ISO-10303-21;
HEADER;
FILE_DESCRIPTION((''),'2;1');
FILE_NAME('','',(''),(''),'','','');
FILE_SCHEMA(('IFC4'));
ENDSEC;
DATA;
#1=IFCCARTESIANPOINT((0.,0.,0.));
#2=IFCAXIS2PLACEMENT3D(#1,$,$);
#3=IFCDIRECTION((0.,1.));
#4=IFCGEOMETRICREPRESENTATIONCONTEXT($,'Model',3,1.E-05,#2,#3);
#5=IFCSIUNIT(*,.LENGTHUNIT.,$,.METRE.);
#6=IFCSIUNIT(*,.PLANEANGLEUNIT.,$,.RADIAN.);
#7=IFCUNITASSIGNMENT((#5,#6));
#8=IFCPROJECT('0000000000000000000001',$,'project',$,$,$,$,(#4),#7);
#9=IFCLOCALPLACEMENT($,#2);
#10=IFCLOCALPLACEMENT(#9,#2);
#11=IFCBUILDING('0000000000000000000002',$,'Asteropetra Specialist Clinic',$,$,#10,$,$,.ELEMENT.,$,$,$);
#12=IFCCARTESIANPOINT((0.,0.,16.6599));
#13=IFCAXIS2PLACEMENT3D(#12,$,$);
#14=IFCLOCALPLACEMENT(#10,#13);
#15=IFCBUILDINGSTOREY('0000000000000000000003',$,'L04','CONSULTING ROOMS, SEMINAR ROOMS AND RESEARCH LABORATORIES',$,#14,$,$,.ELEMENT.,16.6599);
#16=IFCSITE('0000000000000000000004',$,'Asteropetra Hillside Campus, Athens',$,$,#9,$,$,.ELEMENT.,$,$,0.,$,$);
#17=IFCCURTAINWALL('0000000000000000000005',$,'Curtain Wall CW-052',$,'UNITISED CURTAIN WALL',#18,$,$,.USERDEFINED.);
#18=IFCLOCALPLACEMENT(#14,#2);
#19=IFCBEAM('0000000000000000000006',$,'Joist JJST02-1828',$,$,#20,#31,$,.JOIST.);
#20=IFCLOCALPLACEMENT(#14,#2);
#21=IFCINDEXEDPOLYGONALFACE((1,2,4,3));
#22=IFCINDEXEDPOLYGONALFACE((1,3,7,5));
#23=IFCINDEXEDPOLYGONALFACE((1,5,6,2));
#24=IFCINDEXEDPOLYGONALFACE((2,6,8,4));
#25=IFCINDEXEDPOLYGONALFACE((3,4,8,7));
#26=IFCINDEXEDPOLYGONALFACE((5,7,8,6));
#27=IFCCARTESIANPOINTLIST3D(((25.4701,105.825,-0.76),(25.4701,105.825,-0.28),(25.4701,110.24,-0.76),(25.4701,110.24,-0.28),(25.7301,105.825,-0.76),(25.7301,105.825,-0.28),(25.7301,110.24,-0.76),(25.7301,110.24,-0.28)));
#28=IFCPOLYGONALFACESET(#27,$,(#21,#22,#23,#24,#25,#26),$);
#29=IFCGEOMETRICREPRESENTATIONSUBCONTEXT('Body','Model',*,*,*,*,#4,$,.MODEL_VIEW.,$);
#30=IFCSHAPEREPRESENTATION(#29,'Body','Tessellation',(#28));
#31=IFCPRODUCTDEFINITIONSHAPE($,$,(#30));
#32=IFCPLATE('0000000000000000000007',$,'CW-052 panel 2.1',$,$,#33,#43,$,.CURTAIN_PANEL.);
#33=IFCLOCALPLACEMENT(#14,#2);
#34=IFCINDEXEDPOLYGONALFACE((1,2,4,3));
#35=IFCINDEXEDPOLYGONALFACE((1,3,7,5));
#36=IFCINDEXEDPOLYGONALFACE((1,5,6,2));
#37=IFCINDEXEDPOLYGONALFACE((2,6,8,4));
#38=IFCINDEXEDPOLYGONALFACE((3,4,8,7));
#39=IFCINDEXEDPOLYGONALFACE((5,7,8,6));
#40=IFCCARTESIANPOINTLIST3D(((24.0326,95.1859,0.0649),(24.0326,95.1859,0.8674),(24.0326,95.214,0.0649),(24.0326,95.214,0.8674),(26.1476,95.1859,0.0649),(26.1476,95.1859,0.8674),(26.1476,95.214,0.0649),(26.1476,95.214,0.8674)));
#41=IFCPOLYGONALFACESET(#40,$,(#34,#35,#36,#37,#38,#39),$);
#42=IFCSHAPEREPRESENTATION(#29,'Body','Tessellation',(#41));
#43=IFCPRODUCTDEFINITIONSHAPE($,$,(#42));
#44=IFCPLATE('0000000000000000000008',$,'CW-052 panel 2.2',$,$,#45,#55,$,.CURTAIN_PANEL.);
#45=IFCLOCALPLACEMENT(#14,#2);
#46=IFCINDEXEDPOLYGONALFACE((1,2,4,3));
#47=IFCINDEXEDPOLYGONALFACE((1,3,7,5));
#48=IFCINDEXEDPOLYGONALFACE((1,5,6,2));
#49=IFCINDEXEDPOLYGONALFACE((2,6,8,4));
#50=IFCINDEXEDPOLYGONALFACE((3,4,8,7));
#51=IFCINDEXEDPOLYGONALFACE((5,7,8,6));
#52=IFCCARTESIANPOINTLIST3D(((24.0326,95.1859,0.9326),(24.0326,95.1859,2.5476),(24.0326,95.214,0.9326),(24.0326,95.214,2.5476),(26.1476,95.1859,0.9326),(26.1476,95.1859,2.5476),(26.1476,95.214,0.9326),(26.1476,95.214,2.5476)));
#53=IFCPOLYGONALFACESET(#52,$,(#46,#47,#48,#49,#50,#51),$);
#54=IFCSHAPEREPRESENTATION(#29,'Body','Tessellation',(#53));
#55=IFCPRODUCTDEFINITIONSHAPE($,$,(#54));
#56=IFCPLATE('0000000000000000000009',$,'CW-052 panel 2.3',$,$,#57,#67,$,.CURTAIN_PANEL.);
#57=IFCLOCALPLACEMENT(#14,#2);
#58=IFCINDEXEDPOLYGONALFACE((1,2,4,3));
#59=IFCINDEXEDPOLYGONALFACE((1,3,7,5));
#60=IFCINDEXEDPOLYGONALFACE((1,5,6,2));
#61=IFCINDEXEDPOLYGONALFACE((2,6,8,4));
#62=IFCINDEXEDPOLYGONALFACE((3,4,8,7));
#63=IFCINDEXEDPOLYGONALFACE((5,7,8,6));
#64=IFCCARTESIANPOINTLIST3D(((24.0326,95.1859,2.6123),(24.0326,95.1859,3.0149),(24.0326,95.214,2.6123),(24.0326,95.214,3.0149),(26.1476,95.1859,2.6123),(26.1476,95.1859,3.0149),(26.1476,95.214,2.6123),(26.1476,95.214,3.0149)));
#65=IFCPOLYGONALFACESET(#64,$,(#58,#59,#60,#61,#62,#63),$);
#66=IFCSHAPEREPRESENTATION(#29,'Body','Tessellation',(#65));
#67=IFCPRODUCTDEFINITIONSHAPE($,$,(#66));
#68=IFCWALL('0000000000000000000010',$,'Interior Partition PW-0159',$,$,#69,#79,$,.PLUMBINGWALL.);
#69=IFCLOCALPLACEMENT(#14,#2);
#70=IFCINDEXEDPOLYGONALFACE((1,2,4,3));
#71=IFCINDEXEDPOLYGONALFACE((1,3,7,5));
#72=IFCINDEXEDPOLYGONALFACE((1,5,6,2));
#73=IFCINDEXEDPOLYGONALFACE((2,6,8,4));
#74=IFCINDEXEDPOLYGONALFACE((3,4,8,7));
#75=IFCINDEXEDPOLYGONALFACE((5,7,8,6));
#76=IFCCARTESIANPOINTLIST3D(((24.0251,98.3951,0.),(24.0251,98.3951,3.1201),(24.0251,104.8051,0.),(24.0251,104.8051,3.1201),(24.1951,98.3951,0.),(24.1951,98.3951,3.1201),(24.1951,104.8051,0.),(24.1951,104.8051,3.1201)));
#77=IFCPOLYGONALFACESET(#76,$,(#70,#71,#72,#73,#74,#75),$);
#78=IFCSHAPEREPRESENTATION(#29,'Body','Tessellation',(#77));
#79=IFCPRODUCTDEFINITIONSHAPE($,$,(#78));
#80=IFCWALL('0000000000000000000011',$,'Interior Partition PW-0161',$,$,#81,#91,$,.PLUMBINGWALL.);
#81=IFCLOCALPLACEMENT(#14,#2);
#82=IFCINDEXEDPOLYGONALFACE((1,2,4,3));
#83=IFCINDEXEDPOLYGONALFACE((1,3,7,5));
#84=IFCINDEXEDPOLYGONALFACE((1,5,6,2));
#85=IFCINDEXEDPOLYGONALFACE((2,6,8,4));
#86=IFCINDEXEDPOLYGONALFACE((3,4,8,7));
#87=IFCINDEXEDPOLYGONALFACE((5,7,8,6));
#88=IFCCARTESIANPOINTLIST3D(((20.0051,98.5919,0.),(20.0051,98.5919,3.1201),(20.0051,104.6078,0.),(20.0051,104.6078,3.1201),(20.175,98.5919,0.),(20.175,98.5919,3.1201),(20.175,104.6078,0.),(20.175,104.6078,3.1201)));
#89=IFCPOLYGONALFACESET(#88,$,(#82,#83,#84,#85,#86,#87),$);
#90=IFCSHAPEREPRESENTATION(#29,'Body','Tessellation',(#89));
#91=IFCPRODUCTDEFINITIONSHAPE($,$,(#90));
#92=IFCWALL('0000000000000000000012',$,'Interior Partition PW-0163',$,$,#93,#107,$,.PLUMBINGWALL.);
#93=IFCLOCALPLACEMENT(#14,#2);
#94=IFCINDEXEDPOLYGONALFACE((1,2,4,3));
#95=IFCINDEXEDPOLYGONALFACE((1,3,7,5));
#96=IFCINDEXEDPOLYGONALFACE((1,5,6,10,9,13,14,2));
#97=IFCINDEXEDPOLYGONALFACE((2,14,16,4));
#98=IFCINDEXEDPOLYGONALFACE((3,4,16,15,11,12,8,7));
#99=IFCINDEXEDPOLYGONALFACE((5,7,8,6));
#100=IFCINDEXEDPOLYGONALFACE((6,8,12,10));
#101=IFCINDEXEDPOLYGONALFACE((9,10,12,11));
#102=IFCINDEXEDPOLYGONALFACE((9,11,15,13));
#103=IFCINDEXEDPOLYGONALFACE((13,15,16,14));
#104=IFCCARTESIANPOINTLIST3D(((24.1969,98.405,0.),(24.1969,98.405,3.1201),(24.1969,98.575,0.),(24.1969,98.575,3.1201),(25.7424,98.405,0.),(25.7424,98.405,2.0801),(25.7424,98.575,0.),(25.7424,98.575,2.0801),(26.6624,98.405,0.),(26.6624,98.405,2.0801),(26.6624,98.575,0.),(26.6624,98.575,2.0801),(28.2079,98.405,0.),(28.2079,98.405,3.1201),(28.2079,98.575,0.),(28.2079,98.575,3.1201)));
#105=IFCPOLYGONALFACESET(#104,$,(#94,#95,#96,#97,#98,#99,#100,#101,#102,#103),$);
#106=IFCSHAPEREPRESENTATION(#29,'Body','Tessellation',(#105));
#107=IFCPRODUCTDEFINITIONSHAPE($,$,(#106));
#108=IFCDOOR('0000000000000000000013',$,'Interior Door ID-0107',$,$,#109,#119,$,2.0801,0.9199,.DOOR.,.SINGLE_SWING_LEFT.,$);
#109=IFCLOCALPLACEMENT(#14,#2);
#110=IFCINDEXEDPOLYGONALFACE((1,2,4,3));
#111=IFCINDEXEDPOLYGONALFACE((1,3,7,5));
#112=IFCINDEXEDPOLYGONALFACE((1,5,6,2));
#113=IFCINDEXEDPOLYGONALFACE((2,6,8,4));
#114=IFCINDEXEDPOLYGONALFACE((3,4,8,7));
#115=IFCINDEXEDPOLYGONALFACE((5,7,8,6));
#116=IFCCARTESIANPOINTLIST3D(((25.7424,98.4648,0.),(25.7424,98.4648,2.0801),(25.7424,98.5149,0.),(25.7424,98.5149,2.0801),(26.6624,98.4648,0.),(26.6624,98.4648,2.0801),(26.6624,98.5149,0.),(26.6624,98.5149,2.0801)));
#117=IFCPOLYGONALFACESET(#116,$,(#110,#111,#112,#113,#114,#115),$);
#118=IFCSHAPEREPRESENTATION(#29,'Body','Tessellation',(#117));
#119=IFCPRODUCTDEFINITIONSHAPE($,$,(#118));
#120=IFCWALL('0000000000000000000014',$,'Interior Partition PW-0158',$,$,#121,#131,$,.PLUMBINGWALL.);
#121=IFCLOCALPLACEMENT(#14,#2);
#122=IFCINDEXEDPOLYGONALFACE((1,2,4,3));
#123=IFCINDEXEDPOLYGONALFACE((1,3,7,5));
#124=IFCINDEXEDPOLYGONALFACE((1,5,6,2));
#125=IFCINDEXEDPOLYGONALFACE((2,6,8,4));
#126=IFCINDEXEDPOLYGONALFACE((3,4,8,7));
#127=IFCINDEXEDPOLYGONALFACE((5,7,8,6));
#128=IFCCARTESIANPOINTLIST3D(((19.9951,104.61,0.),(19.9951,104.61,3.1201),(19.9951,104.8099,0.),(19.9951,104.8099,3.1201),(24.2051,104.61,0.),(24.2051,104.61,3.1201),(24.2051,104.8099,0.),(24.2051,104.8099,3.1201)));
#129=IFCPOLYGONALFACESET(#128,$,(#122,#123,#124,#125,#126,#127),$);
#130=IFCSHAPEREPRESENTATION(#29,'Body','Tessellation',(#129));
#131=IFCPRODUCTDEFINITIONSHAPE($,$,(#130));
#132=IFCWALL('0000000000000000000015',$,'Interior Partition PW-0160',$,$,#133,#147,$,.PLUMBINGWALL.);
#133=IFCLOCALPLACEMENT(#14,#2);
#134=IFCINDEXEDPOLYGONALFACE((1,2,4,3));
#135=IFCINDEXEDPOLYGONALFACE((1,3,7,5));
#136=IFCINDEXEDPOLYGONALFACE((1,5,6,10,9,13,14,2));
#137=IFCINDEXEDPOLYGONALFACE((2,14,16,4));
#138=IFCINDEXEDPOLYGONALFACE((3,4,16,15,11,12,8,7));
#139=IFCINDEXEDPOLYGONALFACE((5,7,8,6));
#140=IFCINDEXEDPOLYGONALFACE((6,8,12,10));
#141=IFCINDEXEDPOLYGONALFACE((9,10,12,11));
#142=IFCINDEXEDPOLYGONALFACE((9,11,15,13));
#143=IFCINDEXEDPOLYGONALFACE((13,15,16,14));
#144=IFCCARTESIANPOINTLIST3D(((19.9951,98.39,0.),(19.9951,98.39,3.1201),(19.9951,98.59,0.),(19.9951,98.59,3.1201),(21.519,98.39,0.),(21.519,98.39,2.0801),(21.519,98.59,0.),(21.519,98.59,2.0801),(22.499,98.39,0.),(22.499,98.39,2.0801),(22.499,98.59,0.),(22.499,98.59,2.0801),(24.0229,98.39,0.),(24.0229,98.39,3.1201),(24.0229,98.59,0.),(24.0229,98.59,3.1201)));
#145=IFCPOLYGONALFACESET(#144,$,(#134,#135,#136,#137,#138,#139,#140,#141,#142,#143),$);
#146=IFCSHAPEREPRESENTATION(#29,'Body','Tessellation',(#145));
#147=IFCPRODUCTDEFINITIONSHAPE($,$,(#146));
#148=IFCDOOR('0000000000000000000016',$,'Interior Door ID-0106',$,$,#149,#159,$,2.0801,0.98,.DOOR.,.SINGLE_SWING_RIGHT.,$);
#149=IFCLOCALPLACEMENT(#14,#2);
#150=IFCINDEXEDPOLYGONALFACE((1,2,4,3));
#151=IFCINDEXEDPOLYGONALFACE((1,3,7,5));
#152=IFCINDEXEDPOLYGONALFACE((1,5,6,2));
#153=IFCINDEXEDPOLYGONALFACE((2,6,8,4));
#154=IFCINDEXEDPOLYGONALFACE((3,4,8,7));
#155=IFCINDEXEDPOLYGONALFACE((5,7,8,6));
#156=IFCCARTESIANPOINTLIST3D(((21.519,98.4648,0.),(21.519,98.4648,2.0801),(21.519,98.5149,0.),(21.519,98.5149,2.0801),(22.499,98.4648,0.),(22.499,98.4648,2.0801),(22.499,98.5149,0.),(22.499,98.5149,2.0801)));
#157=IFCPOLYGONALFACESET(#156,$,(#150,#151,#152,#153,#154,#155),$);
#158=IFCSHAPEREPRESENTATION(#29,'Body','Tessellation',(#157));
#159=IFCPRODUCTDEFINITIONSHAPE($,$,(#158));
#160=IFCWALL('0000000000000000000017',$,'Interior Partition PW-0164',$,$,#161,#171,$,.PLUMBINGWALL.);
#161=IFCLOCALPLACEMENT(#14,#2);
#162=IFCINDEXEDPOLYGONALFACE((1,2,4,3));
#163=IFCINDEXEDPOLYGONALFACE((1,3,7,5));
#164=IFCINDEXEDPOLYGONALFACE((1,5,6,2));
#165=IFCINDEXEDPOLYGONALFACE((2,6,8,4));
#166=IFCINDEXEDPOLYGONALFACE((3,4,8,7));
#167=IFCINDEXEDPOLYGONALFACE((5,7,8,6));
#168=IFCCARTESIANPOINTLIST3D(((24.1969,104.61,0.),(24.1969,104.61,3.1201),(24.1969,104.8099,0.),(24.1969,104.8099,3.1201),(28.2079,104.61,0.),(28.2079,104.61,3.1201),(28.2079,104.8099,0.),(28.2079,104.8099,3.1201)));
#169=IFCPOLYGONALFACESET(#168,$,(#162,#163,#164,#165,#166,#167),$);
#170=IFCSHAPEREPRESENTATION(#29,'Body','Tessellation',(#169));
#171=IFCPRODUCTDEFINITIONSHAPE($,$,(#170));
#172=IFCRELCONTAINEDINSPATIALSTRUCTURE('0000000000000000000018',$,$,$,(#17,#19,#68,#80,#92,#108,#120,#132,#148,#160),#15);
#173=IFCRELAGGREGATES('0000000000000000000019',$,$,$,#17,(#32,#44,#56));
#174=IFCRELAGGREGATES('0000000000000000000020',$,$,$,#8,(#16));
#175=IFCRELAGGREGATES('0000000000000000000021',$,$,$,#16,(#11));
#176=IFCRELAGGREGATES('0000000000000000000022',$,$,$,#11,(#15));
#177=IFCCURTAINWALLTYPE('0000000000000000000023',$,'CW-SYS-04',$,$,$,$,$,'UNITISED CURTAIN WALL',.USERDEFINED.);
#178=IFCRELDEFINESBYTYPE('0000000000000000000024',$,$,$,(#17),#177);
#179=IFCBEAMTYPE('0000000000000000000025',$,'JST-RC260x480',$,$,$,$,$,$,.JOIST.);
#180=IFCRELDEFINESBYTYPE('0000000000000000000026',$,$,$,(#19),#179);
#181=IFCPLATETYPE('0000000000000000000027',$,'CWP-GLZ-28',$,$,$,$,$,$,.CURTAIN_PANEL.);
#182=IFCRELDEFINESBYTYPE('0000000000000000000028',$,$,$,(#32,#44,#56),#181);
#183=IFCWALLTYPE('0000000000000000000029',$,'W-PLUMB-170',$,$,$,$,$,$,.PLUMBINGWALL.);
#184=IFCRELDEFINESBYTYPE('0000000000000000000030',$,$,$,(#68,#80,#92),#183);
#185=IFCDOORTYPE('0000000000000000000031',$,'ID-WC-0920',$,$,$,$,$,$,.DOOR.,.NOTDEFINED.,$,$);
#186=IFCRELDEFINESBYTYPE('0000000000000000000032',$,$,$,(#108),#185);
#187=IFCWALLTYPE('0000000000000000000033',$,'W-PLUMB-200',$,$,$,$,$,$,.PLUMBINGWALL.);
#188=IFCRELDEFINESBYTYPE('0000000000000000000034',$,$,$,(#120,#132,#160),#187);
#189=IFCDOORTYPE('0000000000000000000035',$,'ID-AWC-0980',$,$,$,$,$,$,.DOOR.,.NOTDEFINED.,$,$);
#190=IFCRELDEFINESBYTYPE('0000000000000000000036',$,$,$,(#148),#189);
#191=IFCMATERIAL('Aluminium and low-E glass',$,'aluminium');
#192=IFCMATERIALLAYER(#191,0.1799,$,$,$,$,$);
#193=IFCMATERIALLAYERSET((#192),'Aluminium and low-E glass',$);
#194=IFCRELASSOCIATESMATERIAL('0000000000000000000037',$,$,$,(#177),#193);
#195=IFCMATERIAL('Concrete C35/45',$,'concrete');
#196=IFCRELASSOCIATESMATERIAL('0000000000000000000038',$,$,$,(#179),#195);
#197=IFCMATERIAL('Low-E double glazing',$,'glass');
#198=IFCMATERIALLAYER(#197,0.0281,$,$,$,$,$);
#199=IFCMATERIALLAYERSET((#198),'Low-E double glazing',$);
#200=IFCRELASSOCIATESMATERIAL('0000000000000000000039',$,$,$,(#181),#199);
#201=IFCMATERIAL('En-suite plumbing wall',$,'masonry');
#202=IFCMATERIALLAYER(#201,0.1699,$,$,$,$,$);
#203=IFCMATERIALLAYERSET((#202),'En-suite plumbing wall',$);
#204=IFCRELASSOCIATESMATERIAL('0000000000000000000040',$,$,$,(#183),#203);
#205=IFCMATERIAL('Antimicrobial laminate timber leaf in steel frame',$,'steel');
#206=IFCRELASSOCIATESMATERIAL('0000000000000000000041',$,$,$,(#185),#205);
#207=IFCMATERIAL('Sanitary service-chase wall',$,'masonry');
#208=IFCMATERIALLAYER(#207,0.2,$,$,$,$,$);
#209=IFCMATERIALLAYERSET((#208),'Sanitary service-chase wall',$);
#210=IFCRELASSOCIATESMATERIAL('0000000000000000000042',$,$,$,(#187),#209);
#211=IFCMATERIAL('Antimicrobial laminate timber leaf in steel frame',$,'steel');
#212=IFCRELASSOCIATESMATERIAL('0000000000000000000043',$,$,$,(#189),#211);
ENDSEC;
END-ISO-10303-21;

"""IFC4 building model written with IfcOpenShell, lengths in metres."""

from ifc_helpers import new_model, si_unit, direction, frame, frame_2d, origin, origin_2d, place, context, subcontext, project, spatial, rectangle, extrude, material, layer, layer_set, material_profile, profile_set, type_object, element, fill, aggregate, save


model = new_model("IFC4")

# Units and contexts
model_context = context("Model", 3, precision=1e-05, world=origin(), true_north=direction((0.0, 1.0)))
body_context = subcontext(model_context, "Body", "Model", "MODEL_VIEW")
ifc_project = project(units=[si_unit("LENGTHUNIT", "METRE"), si_unit("PLANEANGLEUNIT", "RADIAN")], contexts=[model_context])

# Site, building, storey
site_placement = place(None, origin())
site = spatial("IfcSite", under=ifc_project, at=site_placement, Name="Asteropetra Hillside Campus, Athens", CompositionType="ELEMENT", RefElevation=0.0)
building_placement = place(site_placement, origin())
building = spatial("IfcBuilding", under=site, at=building_placement, Name="Asteropetra Specialist Clinic", CompositionType="ELEMENT")
storey_placement = place(building_placement, frame((0.0, 0.0, 16.6599)))
storey = spatial("IfcBuildingStorey", under=building, at=storey_placement, Name="L04", Description="CONSULTING ROOMS, SEMINAR ROOMS AND RESEARCH LABORATORIES", CompositionType="ELEMENT", Elevation=16.6599)

# Curtain wall
ifc_material_1 = material(Name="Aluminium and low-E glass", Category="aluminium")
ifc_layer_1 = layer(ifc_material_1, 0.1799)
ifc_layer_set_1 = layer_set([ifc_layer_1], Name="Aluminium and low-E glass")
curtain_wall_type = type_object("IfcCurtainWallType", Name="CW-SYS-04", ElementType="UNITISED CURTAIN WALL", PredefinedType="USERDEFINED", material=ifc_layer_set_1)
curtain_wall_placement = place(storey_placement, origin())
curtain_wall = element("IfcCurtainWall", 1, at=curtain_wall_placement, inside=storey, type_object=curtain_wall_type, Name="Curtain Wall CW-052", ObjectType="UNITISED CURTAIN WALL", PredefinedType="USERDEFINED")

# Beam
ifc_material_2 = material(Name="Concrete C35/45", Category="concrete")
ifc_material_profile_1 = material_profile(ifc_material_2, rectangle(XDim=0.26, YDim=0.48, at=origin_2d()), Name="RCJ 260x480")
ifc_profile_set_1 = profile_set([ifc_material_profile_1], Name="Concrete C35/45")
beam_type_1 = type_object("IfcBeamType", Name="JST-RC260x480", PredefinedType="JOIST", material=ifc_profile_set_1)
for number, where, z_axis, x_axis, name in (
    (2, (25.6001, 105.825, -0.52), (0.0, 1.0, 0.0), (-1.0, 0.0, 0.0), "Joist JJST02-1828"),
):
    element("IfcBeam", number, at=place(storey_placement, frame(where, z_axis=z_axis, x_axis=x_axis)), inside=storey, type_object=beam_type_1, Name=name, PredefinedType="JOIST", context=body_context, shape_type="SweptSolid", body=[
        extrude(rectangle(XDim=0.26, YDim=0.48, at=origin_2d()), origin(), (0.0, 0.0, 1.0), 4.415),
    ])

# Plates
ifc_material_3 = material(Name="Low-E double glazing", Category="glass")
ifc_layer_2 = layer(ifc_material_3, 0.0281)
ifc_layer_set_2 = layer_set([ifc_layer_2], Name="Low-E double glazing")
plate_type = type_object("IfcPlateType", Name="CWP-GLZ-28", PredefinedType="CURTAIN_PANEL", material=ifc_layer_set_2)
plate_1_placement = place(storey_placement, frame((25.0901, 95.2, 0.0649), z_axis=(0.0, 0.0, 1.0), x_axis=(-1.0, 0.0, 0.0)))
plate_1 = element("IfcPlate", 3, at=plate_1_placement, type_object=plate_type, Name="CW-052 panel 2.1", PredefinedType="CURTAIN_PANEL", context=body_context, shape_type="SweptSolid", body=[
    extrude(rectangle(XDim=2.115, YDim=0.0281, at=origin_2d()), origin(), (0.0, 0.0, 1.0), 0.8025),
])
plate_2_placement = place(storey_placement, frame((25.0901, 95.2, 0.9326), z_axis=(0.0, 0.0, 1.0), x_axis=(-1.0, 0.0, 0.0)))
plate_2 = element("IfcPlate", 4, at=plate_2_placement, type_object=plate_type, Name="CW-052 panel 2.2", PredefinedType="CURTAIN_PANEL", context=body_context, shape_type="SweptSolid", body=[
    extrude(rectangle(XDim=2.115, YDim=0.0281, at=origin_2d()), origin(), (0.0, 0.0, 1.0), 1.615),
])
plate_3_placement = place(storey_placement, frame((25.0901, 95.2, 2.6123), z_axis=(0.0, 0.0, 1.0), x_axis=(-1.0, 0.0, 0.0)))
plate_3 = element("IfcPlate", 5, at=plate_3_placement, type_object=plate_type, Name="CW-052 panel 2.3", PredefinedType="CURTAIN_PANEL", context=body_context, shape_type="SweptSolid", body=[
    extrude(rectangle(XDim=2.115, YDim=0.0281, at=origin_2d()), origin(), (0.0, 0.0, 1.0), 0.4026),
])
aggregate(curtain_wall, [plate_1, plate_2, plate_3])

# Walls
ifc_material_4 = material(Name="En-suite plumbing wall", Category="masonry")
ifc_layer_3 = layer(ifc_material_4, 0.1699)
ifc_layer_set_3 = layer_set([ifc_layer_3], Name="En-suite plumbing wall")
wall_type_1 = type_object("IfcWallType", Name="W-PLUMB-170", PredefinedType="PLUMBINGWALL", material=ifc_layer_set_3)
wall_1_placement = place(storey_placement, frame((24.1101, 98.395, 0.0), z_axis=(0.0, 0.0, 1.0), x_axis=(0.0, 1.0, 0.0)))
element("IfcWall", 6, at=wall_1_placement, inside=storey, type_object=wall_type_1, Name="Interior Partition PW-0159", PredefinedType="PLUMBINGWALL", context=body_context, shape_type="SweptSolid", body=[
    extrude(rectangle(XDim=6.4099, YDim=0.1699, at=frame_2d((3.2051, 0.0))), origin(), (0.0, 0.0, 1.0), 3.1201),
])
wall_2_placement = place(storey_placement, frame((20.0901, 98.592, 0.0), z_axis=(0.0, 0.0, 1.0), x_axis=(0.0, 1.0, 0.0)))
element("IfcWall", 7, at=wall_2_placement, inside=storey, type_object=wall_type_1, Name="Interior Partition PW-0161", PredefinedType="PLUMBINGWALL", context=body_context, shape_type="SweptSolid", body=[
    extrude(rectangle(XDim=6.0159, YDim=0.1699, at=frame_2d((3.0078, 0.0))), origin(), (0.0, 0.0, 1.0), 3.1201),
])

# Wall, opening, door
wall_3_placement = place(storey_placement, frame((24.197, 98.49, 0.0), z_axis=(0.0, 0.0, 1.0), x_axis=(1.0, 0.0, 0.0)))
wall_3 = element("IfcWall", 8, at=wall_3_placement, inside=storey, type_object=wall_type_1, Name="Interior Partition PW-0163", PredefinedType="PLUMBINGWALL", context=body_context, shape_type="SweptSolid", body=[
    extrude(rectangle(XDim=4.011, YDim=0.1699, at=frame_2d((2.0054, 0.0))), origin(), (0.0, 0.0, 1.0), 3.1201),
])
opening_1_placement = place(wall_3_placement, frame((1.5454, 0.0, 0.0)))
opening_1 = element("IfcOpeningElement", 9, at=opening_1_placement, cuts=wall_3, PredefinedType="OPENING", context=body_context, shape_type="SweptSolid", body=[
    extrude(rectangle(XDim=0.9199, YDim=2.0801, at=frame_2d((0.46, 1.04))), frame((0.0, 0.095, 0.0), z_axis=(0.0, -1.0, 0.0), x_axis=(1.0, 0.0, 0.0)), (0.0, 0.0, 1.0), 0.1899),
])
ifc_material_5 = material(Name="Antimicrobial laminate timber leaf in steel frame", Category="steel")
door_type_1 = type_object("IfcDoorType", Name="ID-WC-0920", OperationType="NOTDEFINED", PredefinedType="DOOR", material=ifc_material_5)
door_1_placement = place(opening_1_placement, origin())
door_1 = element("IfcDoor", 10, at=door_1_placement, inside=storey, type_object=door_type_1, Name="Interior Door ID-0107", OperationType="SINGLE_SWING_LEFT", OverallHeight=2.0801, OverallWidth=0.9199, PredefinedType="DOOR", context=body_context, shape_type="SweptSolid", body=[
    extrude(rectangle(XDim=0.9199, YDim=2.0801, at=frame_2d((0.46, 1.04))), frame((0.0, 0.0249, 0.0), z_axis=(0.0, -1.0, 0.0), x_axis=(1.0, 0.0, 0.0)), (0.0, 0.0, 1.0), 0.05),
])
fill(opening_1, door_1)

# Wall
ifc_material_6 = material(Name="Sanitary service-chase wall", Category="masonry")
ifc_layer_4 = layer(ifc_material_6, 0.2)
ifc_layer_set_4 = layer_set([ifc_layer_4], Name="Sanitary service-chase wall")
wall_type_2 = type_object("IfcWallType", Name="W-PLUMB-200", PredefinedType="PLUMBINGWALL", material=ifc_layer_set_4)
wall_4_placement = place(storey_placement, frame((19.9951, 104.71, 0.0), z_axis=(0.0, 0.0, 1.0), x_axis=(1.0, 0.0, 0.0)))
element("IfcWall", 11, at=wall_4_placement, inside=storey, type_object=wall_type_2, Name="Interior Partition PW-0158", PredefinedType="PLUMBINGWALL", context=body_context, shape_type="SweptSolid", body=[
    extrude(rectangle(XDim=4.21, YDim=0.2, at=frame_2d((2.105, 0.0))), origin(), (0.0, 0.0, 1.0), 3.1201),
])

# Wall, opening, door
wall_5_placement = place(storey_placement, frame((19.9951, 98.49, 0.0), z_axis=(0.0, 0.0, 1.0), x_axis=(1.0, 0.0, 0.0)))
wall_5 = element("IfcWall", 12, at=wall_5_placement, inside=storey, type_object=wall_type_2, Name="Interior Partition PW-0160", PredefinedType="PLUMBINGWALL", context=body_context, shape_type="SweptSolid", body=[
    extrude(rectangle(XDim=4.0278, YDim=0.2, at=frame_2d((2.0139, 0.0))), origin(), (0.0, 0.0, 1.0), 3.1201),
])
opening_2_placement = place(wall_5_placement, frame((1.5239, 0.0, 0.0)))
opening_2 = element("IfcOpeningElement", 13, at=opening_2_placement, cuts=wall_5, PredefinedType="OPENING", context=body_context, shape_type="SweptSolid", body=[
    extrude(rectangle(XDim=0.98, YDim=2.0801, at=frame_2d((0.49, 1.04))), frame((0.0, 0.1099, 0.0), z_axis=(0.0, -1.0, 0.0), x_axis=(1.0, 0.0, 0.0)), (0.0, 0.0, 1.0), 0.22),
])
ifc_material_7 = material(Name="Antimicrobial laminate timber leaf in steel frame", Category="steel")
door_type_2 = type_object("IfcDoorType", Name="ID-AWC-0980", OperationType="NOTDEFINED", PredefinedType="DOOR", material=ifc_material_7)
door_2_placement = place(opening_2_placement, origin())
door_2 = element("IfcDoor", 14, at=door_2_placement, inside=storey, type_object=door_type_2, Name="Interior Door ID-0106", OperationType="SINGLE_SWING_RIGHT", OverallHeight=2.0801, OverallWidth=0.98, PredefinedType="DOOR", context=body_context, shape_type="SweptSolid", body=[
    extrude(rectangle(XDim=0.98, YDim=2.0801, at=frame_2d((0.49, 1.04))), frame((0.0, 0.0249, 0.0), z_axis=(0.0, -1.0, 0.0), x_axis=(1.0, 0.0, 0.0)), (0.0, 0.0, 1.0), 0.05),
])
fill(opening_2, door_2)

# Wall
wall_6_placement = place(storey_placement, frame((24.197, 104.71, 0.0), z_axis=(0.0, 0.0, 1.0), x_axis=(1.0, 0.0, 0.0)))
element("IfcWall", 15, at=wall_6_placement, inside=storey, type_object=wall_type_2, Name="Interior Partition PW-0164", PredefinedType="PLUMBINGWALL", context=body_context, shape_type="SweptSolid", body=[
    extrude(rectangle(XDim=4.011, YDim=0.2, at=frame_2d((2.0054, 0.0))), origin(), (0.0, 0.0, 1.0), 3.1201),
])

save(model, "model.ifc")
